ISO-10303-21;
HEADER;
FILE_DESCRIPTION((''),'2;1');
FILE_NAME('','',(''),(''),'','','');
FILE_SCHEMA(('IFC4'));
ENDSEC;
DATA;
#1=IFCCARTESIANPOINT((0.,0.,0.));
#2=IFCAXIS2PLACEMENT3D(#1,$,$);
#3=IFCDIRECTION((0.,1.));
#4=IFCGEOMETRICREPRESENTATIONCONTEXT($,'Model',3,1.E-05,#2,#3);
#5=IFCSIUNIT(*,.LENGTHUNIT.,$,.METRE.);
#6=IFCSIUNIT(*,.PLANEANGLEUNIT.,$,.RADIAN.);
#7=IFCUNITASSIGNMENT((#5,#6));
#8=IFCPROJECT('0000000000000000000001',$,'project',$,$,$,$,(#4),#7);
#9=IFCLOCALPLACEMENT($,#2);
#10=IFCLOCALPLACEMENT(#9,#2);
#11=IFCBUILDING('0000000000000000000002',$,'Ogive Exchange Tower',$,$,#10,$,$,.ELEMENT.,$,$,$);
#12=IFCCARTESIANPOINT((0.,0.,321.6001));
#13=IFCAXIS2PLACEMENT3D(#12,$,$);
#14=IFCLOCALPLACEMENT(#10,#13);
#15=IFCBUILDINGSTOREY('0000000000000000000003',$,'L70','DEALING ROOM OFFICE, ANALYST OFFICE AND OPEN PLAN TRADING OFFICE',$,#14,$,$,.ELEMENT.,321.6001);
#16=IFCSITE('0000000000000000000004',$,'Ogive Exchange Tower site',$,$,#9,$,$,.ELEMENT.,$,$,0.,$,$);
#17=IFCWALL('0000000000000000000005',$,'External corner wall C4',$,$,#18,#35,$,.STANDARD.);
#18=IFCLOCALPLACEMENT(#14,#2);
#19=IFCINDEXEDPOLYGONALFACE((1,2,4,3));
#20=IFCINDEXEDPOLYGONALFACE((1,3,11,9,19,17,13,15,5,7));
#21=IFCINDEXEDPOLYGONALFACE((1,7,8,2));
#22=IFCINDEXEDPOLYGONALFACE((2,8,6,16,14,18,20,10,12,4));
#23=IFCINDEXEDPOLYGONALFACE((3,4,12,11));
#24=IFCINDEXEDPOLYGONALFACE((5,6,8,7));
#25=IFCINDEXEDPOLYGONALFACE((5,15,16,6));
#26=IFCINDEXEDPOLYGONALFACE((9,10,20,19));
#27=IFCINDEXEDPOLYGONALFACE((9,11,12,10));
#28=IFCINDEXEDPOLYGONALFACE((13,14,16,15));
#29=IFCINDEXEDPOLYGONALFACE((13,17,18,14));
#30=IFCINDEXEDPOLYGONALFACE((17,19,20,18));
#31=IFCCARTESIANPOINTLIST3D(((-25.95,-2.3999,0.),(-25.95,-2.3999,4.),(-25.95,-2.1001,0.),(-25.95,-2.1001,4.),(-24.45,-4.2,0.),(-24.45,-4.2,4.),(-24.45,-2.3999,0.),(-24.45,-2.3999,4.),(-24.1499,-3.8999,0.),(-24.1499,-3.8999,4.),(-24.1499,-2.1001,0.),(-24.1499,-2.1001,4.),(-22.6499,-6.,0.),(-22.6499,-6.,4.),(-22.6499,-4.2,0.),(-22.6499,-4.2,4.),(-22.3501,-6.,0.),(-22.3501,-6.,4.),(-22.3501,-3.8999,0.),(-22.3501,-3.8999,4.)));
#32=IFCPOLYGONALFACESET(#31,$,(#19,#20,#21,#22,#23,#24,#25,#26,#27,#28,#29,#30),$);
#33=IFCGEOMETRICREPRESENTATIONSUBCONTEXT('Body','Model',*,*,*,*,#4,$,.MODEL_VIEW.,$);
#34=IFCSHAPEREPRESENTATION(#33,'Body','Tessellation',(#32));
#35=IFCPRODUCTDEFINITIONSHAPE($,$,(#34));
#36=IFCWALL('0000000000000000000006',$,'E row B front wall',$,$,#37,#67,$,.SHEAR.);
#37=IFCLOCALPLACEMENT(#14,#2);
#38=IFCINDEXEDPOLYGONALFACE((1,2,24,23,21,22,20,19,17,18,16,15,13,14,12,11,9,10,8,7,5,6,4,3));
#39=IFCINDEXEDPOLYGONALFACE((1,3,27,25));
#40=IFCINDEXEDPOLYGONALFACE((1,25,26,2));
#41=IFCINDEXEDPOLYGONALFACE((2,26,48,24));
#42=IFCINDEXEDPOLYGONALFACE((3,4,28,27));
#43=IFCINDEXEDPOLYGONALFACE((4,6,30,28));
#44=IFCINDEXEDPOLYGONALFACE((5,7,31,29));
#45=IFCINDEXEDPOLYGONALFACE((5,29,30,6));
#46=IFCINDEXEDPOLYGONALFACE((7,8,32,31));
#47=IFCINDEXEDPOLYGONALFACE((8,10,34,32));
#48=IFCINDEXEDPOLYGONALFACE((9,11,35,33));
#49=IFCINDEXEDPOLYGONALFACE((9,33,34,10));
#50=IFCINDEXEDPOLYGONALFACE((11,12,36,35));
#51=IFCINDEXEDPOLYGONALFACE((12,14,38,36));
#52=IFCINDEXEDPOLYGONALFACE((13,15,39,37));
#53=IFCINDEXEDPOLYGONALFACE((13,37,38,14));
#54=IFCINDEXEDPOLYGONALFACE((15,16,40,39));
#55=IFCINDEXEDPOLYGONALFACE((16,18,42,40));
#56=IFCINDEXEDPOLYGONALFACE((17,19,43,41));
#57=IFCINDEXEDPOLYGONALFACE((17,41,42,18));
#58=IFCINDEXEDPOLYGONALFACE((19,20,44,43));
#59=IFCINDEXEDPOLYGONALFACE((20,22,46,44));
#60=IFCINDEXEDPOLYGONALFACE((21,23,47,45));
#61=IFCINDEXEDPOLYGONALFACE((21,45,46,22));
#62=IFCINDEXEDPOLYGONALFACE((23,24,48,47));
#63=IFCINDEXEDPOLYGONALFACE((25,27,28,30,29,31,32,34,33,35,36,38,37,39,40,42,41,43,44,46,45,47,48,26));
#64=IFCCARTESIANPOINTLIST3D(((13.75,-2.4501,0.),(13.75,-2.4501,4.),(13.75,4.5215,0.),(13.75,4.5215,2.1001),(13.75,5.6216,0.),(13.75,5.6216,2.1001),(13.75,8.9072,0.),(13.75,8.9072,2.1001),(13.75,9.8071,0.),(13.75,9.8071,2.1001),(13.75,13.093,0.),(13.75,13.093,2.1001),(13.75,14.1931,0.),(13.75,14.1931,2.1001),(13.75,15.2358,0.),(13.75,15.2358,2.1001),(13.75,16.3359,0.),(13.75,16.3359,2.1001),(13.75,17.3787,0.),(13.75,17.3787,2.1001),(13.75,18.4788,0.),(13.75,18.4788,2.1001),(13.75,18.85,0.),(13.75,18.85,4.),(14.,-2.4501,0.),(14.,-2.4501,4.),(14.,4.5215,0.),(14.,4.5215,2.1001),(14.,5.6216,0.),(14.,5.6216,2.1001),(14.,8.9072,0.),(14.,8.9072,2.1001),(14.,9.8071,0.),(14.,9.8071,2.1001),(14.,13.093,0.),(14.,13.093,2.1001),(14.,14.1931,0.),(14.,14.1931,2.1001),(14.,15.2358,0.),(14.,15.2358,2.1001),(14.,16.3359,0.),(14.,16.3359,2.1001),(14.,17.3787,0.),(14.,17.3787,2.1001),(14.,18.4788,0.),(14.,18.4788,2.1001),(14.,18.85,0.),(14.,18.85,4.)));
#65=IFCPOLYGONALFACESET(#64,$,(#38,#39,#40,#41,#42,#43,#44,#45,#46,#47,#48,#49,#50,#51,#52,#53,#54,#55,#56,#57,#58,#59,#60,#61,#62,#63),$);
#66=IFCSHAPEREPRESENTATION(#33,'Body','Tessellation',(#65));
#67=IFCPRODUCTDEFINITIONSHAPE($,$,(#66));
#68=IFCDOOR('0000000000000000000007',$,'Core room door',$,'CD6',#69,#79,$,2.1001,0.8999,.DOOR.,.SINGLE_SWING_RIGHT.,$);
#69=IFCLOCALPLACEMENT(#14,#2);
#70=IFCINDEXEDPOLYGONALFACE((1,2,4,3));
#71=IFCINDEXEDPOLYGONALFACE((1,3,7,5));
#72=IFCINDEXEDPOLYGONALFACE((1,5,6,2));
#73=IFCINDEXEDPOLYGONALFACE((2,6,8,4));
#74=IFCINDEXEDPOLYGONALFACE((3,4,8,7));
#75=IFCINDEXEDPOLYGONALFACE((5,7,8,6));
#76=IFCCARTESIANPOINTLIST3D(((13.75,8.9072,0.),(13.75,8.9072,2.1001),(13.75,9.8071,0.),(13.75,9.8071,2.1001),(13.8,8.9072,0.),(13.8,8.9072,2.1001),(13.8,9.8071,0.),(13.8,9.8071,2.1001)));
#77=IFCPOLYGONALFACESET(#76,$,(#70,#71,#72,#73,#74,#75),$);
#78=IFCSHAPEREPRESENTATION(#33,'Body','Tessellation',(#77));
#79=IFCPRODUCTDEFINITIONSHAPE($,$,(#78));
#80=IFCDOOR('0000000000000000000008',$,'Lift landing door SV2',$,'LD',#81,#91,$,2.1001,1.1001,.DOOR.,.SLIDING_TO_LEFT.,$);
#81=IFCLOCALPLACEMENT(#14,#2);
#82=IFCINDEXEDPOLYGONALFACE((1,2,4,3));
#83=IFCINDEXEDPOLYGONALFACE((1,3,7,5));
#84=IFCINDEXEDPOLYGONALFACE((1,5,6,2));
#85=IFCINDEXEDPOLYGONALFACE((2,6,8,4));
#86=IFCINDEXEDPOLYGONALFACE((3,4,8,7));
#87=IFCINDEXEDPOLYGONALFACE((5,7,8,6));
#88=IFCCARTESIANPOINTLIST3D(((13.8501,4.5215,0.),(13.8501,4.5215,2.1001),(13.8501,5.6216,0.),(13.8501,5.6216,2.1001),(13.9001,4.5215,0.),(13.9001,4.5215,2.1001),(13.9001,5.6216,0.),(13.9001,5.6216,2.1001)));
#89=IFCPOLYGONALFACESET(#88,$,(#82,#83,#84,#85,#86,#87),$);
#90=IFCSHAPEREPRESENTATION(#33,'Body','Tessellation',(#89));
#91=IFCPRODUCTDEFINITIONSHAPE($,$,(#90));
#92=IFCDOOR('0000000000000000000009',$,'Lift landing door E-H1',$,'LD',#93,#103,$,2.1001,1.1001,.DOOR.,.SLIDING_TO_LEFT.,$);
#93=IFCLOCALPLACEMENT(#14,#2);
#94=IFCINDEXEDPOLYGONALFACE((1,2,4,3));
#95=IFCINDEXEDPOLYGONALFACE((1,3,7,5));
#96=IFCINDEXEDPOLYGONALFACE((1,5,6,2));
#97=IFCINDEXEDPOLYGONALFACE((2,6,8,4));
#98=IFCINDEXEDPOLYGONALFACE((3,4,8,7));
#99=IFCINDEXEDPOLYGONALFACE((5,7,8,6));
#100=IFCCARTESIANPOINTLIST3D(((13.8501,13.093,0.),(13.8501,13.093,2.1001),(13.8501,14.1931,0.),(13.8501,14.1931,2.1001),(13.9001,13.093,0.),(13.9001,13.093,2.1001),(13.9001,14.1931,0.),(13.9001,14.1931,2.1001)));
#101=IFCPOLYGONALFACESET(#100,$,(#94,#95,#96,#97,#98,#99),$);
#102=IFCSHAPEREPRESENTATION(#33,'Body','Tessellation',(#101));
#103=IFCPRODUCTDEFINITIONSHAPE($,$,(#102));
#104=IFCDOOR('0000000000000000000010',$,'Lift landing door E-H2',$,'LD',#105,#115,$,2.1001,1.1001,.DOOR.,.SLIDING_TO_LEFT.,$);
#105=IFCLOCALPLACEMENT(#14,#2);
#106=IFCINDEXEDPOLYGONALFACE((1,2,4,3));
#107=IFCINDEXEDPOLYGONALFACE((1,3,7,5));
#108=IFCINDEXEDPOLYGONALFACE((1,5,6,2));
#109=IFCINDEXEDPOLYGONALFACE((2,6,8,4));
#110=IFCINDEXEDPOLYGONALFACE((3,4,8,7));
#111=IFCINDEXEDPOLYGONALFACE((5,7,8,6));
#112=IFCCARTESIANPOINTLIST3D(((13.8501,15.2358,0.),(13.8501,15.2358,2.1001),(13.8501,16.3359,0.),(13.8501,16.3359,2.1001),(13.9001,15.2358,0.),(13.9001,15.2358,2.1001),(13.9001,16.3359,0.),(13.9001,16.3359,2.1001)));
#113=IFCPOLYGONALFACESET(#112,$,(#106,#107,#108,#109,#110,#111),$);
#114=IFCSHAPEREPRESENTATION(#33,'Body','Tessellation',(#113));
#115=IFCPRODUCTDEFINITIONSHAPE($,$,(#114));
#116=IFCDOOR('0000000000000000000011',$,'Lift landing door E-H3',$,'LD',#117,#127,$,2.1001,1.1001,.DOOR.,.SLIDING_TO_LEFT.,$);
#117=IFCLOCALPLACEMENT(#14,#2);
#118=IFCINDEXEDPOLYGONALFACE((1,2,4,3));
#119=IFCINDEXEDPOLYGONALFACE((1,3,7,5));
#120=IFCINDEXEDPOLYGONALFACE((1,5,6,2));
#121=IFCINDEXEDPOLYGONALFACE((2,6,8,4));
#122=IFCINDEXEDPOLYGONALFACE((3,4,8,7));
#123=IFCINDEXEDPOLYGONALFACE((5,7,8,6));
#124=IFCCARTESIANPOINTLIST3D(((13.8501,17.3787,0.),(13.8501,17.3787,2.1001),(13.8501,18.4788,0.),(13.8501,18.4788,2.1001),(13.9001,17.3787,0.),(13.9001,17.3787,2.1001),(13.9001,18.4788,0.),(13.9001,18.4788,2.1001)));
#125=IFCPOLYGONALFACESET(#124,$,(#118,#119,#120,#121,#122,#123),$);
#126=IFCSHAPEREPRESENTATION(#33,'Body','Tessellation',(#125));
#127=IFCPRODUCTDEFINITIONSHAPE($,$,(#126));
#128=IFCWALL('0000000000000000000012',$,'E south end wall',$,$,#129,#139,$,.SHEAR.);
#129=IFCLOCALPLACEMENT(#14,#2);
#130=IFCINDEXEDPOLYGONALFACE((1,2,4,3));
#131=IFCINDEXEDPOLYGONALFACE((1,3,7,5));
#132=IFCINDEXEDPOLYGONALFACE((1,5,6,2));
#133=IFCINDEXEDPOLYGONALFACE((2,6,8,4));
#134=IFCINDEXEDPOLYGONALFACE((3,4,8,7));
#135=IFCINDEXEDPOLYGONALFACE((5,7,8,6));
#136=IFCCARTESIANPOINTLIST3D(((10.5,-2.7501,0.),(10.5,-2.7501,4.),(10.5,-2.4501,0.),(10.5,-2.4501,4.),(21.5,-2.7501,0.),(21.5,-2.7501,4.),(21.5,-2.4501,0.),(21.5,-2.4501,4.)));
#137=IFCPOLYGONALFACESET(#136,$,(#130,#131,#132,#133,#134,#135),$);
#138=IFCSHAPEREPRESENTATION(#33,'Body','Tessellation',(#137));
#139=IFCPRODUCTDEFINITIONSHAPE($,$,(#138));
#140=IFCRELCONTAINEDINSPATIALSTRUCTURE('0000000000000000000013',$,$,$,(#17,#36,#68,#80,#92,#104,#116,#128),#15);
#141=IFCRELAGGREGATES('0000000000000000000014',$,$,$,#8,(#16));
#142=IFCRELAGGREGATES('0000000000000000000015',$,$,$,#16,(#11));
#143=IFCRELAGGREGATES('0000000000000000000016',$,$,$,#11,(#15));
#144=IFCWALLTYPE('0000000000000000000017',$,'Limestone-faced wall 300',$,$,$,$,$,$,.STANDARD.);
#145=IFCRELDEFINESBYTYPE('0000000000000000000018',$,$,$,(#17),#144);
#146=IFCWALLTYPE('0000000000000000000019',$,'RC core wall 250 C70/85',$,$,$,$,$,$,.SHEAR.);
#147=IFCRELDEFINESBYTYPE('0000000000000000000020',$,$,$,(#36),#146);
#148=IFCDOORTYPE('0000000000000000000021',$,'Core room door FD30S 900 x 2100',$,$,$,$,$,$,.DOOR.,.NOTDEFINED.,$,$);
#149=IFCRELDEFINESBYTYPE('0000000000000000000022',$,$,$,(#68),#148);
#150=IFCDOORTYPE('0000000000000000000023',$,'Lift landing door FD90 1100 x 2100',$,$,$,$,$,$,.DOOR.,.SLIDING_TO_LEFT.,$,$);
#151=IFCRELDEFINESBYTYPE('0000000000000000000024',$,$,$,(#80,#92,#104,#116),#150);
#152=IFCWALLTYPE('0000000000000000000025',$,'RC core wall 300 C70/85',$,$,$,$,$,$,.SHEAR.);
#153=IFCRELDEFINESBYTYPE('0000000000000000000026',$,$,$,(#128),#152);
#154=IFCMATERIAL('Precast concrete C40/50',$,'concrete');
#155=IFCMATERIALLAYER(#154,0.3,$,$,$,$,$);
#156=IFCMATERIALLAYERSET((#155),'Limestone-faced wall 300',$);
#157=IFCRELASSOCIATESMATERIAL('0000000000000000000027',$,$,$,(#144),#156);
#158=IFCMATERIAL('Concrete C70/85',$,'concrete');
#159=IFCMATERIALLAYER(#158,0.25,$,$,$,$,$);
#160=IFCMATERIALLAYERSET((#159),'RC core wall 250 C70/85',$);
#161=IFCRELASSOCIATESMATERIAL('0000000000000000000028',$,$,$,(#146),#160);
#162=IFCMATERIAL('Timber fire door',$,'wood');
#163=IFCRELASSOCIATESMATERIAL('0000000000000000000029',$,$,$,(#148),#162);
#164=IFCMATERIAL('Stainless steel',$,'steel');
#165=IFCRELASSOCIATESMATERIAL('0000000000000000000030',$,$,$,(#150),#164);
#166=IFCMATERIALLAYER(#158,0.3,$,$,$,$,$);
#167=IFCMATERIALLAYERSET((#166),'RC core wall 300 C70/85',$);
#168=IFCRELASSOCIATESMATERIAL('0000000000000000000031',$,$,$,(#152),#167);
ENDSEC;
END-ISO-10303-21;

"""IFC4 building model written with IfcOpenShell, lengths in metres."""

from ifc_helpers import new_model, si_unit, direction, frame, frame_2d, origin, place, context, subcontext, project, spatial, polyline, rectangle, outline, extrude, material, layer, layer_set, type_object, element, fill, save


model = new_model("IFC4")

# Units and contexts
model_context = context("Model", 3, precision=1e-05, world=origin(), true_north=direction((0.0, 1.0)))
body_context = subcontext(model_context, "Body", "Model", "MODEL_VIEW")
ifc_project = project(units=[si_unit("LENGTHUNIT", "METRE"), si_unit("PLANEANGLEUNIT", "RADIAN")], contexts=[model_context])

# Site, building, storey
site_placement = place(None, origin())
site = spatial("IfcSite", under=ifc_project, at=site_placement, Name="Ogive Exchange Tower site", CompositionType="ELEMENT", RefElevation=0.0)
building_placement = place(site_placement, origin())
building = spatial("IfcBuilding", under=site, at=building_placement, Name="Ogive Exchange Tower", CompositionType="ELEMENT")
storey_placement = place(building_placement, frame((0.0, 0.0, 321.6001)))
storey = spatial("IfcBuildingStorey", under=building, at=storey_placement, Name="L70", Description="DEALING ROOM OFFICE, ANALYST OFFICE AND OPEN PLAN TRADING OFFICE", CompositionType="ELEMENT", Elevation=321.6001)

# Shared definitions
ifc_material_1 = material(Name="Concrete C70/85", Category="concrete")

# Wall
ifc_material_2 = material(Name="Precast concrete C40/50", Category="concrete")
ifc_layer_1 = layer(ifc_material_2, 0.3)
ifc_layer_set_1 = layer_set([ifc_layer_1], Name="Limestone-faced wall 300")
wall_type_1 = type_object("IfcWallType", Name="Limestone-faced wall 300", PredefinedType="STANDARD", material=ifc_layer_set_1)
wall_1_placement = place(storey_placement, origin())
element("IfcWall", 1, at=wall_1_placement, inside=storey, type_object=wall_type_1, Name="External corner wall C4", PredefinedType="STANDARD", context=body_context, shape_type="SweptSolid", body=[
    extrude(outline(polyline([(-22.6499, -4.2), (-24.45, -4.2), (-24.45, -2.3999), (-25.95, -2.3999), (-25.95, -2.1001), (-24.1499, -2.1001), (-24.1499, -3.8999), (-22.3501, -3.8999), (-22.3501, -6.0), (-22.6499, -6.0), (-22.6499, -4.2)])), origin(), (0.0, 0.0, 1.0), 4.0),
])

# Wall, openings, doors
ifc_layer_2 = layer(ifc_material_1, 0.25)
ifc_layer_set_2 = layer_set([ifc_layer_2], Name="RC core wall 250 C70/85")
wall_type_2 = type_object("IfcWallType", Name="RC core wall 250 C70/85", PredefinedType="SHEAR", material=ifc_layer_set_2)
wall_2_placement = place(storey_placement, frame((13.875, -2.45, 0.0), z_axis=(0.0, 0.0, 1.0), x_axis=(0.0, 1.0, 0.0)))
wall_2 = element("IfcWall", 2, at=wall_2_placement, inside=storey, type_object=wall_type_2, Name="E row B front wall", PredefinedType="SHEAR", context=body_context, shape_type="SweptSolid", body=[
    extrude(rectangle(XDim=21.3, YDim=0.25, at=frame_2d((10.6499, 0.0))), origin(), (0.0, 0.0, 1.0), 4.0),
])
opening_1_placement = place(wall_2_placement, frame((11.3572, 0.0, 0.0)))
opening_1 = element("IfcOpeningElement", 3, at=opening_1_placement, cuts=wall_2, PredefinedType="OPENING", context=body_context, shape_type="SweptSolid", body=[
    extrude(rectangle(XDim=0.8999, YDim=2.1001, at=frame_2d((0.45, 1.05))), frame((0.0, 0.135, 0.0), z_axis=(0.0, -1.0, 0.0), x_axis=(1.0, 0.0, 0.0)), (0.0, 0.0, 1.0), 0.27),
])
opening_2_placement = place(wall_2_placement, frame((6.9714, 0.0, 0.0)))
opening_2 = element("IfcOpeningElement", 4, at=opening_2_placement, cuts=wall_2, PredefinedType="OPENING", context=body_context, shape_type="SweptSolid", body=[
    extrude(rectangle(XDim=1.1001, YDim=2.1001, at=frame_2d((0.55, 1.05))), frame((0.0, 0.135, 0.0), z_axis=(0.0, -1.0, 0.0), x_axis=(1.0, 0.0, 0.0)), (0.0, 0.0, 1.0), 0.27),
])
opening_3_placement = place(wall_2_placement, frame((15.543, 0.0, 0.0)))
opening_3 = element("IfcOpeningElement", 5, at=opening_3_placement, cuts=wall_2, PredefinedType="OPENING", context=body_context, shape_type="SweptSolid", body=[
    extrude(rectangle(XDim=1.1001, YDim=2.1001, at=frame_2d((0.55, 1.05))), frame((0.0, 0.135, 0.0), z_axis=(0.0, -1.0, 0.0), x_axis=(1.0, 0.0, 0.0)), (0.0, 0.0, 1.0), 0.27),
])
opening_4_placement = place(wall_2_placement, frame((17.6858, 0.0, 0.0)))
opening_4 = element("IfcOpeningElement", 6, at=opening_4_placement, cuts=wall_2, PredefinedType="OPENING", context=body_context, shape_type="SweptSolid", body=[
    extrude(rectangle(XDim=1.1001, YDim=2.1001, at=frame_2d((0.55, 1.05))), frame((0.0, 0.135, 0.0), z_axis=(0.0, -1.0, 0.0), x_axis=(1.0, 0.0, 0.0)), (0.0, 0.0, 1.0), 0.27),
])
opening_5_placement = place(wall_2_placement, frame((19.8286, 0.0, 0.0)))
opening_5 = element("IfcOpeningElement", 7, at=opening_5_placement, cuts=wall_2, PredefinedType="OPENING", context=body_context, shape_type="SweptSolid", body=[
    extrude(rectangle(XDim=1.1001, YDim=2.1001, at=frame_2d((0.55, 1.05))), frame((0.0, 0.135, 0.0), z_axis=(0.0, -1.0, 0.0), x_axis=(1.0, 0.0, 0.0)), (0.0, 0.0, 1.0), 0.27),
])
ifc_material_3 = material(Name="Timber fire door", Category="wood")
door_type_1 = type_object("IfcDoorType", Name="Core room door FD30S 900 x 2100", OperationType="NOTDEFINED", PredefinedType="DOOR", material=ifc_material_3)
door_1_placement = place(opening_1_placement, origin())
door_1 = element("IfcDoor", 8, at=door_1_placement, inside=storey, type_object=door_type_1, Name="Core room door", ObjectType="CD6", OperationType="SINGLE_SWING_RIGHT", OverallHeight=2.1001, OverallWidth=0.8999, PredefinedType="DOOR", context=body_context, shape_type="SweptSolid", body=[
    extrude(rectangle(XDim=0.8999, YDim=2.1001, at=frame_2d((0.45, 1.05))), frame((0.0, 0.125, 0.0), z_axis=(0.0, -1.0, 0.0), x_axis=(1.0, 0.0, 0.0)), (0.0, 0.0, 1.0), 0.05),
])
fill(opening_1, door_1)
ifc_material_4 = material(Name="Stainless steel", Category="steel")
door_type_2 = type_object("IfcDoorType", Name="Lift landing door FD90 1100 x 2100", OperationType="SLIDING_TO_LEFT", PredefinedType="DOOR", material=ifc_material_4)
door_2_placement = place(opening_2_placement, origin())
door_2 = element("IfcDoor", 9, at=door_2_placement, inside=storey, type_object=door_type_2, Name="Lift landing door SV2", ObjectType="LD", OperationType="SLIDING_TO_LEFT", OverallHeight=2.1001, OverallWidth=1.1001, PredefinedType="DOOR", context=body_context, shape_type="SweptSolid", body=[
    extrude(rectangle(XDim=1.1001, YDim=2.1001, at=frame_2d((0.55, 1.05))), frame((0.0, 0.0249, 0.0), z_axis=(0.0, -1.0, 0.0), x_axis=(1.0, 0.0, 0.0)), (0.0, 0.0, 1.0), 0.05),
])
fill(opening_2, door_2)
door_3_placement = place(opening_3_placement, origin())
door_3 = element("IfcDoor", 10, at=door_3_placement, inside=storey, type_object=door_type_2, Name="Lift landing door E-H1", ObjectType="LD", OperationType="SLIDING_TO_LEFT", OverallHeight=2.1001, OverallWidth=1.1001, PredefinedType="DOOR", context=body_context, shape_type="SweptSolid", body=[
    extrude(rectangle(XDim=1.1001, YDim=2.1001, at=frame_2d((0.55, 1.05))), frame((0.0, 0.0249, 0.0), z_axis=(0.0, -1.0, 0.0), x_axis=(1.0, 0.0, 0.0)), (0.0, 0.0, 1.0), 0.05),
])
fill(opening_3, door_3)
door_4_placement = place(opening_4_placement, origin())
door_4 = element("IfcDoor", 11, at=door_4_placement, inside=storey, type_object=door_type_2, Name="Lift landing door E-H2", ObjectType="LD", OperationType="SLIDING_TO_LEFT", OverallHeight=2.1001, OverallWidth=1.1001, PredefinedType="DOOR", context=body_context, shape_type="SweptSolid", body=[
    extrude(rectangle(XDim=1.1001, YDim=2.1001, at=frame_2d((0.55, 1.05))), frame((0.0, 0.0249, 0.0), z_axis=(0.0, -1.0, 0.0), x_axis=(1.0, 0.0, 0.0)), (0.0, 0.0, 1.0), 0.05),
])
fill(opening_4, door_4)
door_5_placement = place(opening_5_placement, origin())
door_5 = element("IfcDoor", 12, at=door_5_placement, inside=storey, type_object=door_type_2, Name="Lift landing door E-H3", ObjectType="LD", OperationType="SLIDING_TO_LEFT", OverallHeight=2.1001, OverallWidth=1.1001, PredefinedType="DOOR", context=body_context, shape_type="SweptSolid", body=[
    extrude(rectangle(XDim=1.1001, YDim=2.1001, at=frame_2d((0.55, 1.05))), frame((0.0, 0.0249, 0.0), z_axis=(0.0, -1.0, 0.0), x_axis=(1.0, 0.0, 0.0)), (0.0, 0.0, 1.0), 0.05),
])
fill(opening_5, door_5)

# Wall
ifc_layer_3 = layer(ifc_material_1, 0.3)
ifc_layer_set_3 = layer_set([ifc_layer_3], Name="RC core wall 300 C70/85")
wall_type_3 = type_object("IfcWallType", Name="RC core wall 300 C70/85", PredefinedType="SHEAR", material=ifc_layer_set_3)
wall_3_placement = place(storey_placement, frame((10.5, -2.6001, 0.0), z_axis=(0.0, 0.0, 1.0), x_axis=(1.0, 0.0, 0.0)))
element("IfcWall", 13, at=wall_3_placement, inside=storey, type_object=wall_type_3, Name="E south end wall", PredefinedType="SHEAR", context=body_context, shape_type="SweptSolid", body=[
    extrude(rectangle(XDim=11.0, YDim=0.3, at=frame_2d((5.5, 0.0))), origin(), (0.0, 0.0, 1.0), 4.0),
])

save(model, "model.ifc")
